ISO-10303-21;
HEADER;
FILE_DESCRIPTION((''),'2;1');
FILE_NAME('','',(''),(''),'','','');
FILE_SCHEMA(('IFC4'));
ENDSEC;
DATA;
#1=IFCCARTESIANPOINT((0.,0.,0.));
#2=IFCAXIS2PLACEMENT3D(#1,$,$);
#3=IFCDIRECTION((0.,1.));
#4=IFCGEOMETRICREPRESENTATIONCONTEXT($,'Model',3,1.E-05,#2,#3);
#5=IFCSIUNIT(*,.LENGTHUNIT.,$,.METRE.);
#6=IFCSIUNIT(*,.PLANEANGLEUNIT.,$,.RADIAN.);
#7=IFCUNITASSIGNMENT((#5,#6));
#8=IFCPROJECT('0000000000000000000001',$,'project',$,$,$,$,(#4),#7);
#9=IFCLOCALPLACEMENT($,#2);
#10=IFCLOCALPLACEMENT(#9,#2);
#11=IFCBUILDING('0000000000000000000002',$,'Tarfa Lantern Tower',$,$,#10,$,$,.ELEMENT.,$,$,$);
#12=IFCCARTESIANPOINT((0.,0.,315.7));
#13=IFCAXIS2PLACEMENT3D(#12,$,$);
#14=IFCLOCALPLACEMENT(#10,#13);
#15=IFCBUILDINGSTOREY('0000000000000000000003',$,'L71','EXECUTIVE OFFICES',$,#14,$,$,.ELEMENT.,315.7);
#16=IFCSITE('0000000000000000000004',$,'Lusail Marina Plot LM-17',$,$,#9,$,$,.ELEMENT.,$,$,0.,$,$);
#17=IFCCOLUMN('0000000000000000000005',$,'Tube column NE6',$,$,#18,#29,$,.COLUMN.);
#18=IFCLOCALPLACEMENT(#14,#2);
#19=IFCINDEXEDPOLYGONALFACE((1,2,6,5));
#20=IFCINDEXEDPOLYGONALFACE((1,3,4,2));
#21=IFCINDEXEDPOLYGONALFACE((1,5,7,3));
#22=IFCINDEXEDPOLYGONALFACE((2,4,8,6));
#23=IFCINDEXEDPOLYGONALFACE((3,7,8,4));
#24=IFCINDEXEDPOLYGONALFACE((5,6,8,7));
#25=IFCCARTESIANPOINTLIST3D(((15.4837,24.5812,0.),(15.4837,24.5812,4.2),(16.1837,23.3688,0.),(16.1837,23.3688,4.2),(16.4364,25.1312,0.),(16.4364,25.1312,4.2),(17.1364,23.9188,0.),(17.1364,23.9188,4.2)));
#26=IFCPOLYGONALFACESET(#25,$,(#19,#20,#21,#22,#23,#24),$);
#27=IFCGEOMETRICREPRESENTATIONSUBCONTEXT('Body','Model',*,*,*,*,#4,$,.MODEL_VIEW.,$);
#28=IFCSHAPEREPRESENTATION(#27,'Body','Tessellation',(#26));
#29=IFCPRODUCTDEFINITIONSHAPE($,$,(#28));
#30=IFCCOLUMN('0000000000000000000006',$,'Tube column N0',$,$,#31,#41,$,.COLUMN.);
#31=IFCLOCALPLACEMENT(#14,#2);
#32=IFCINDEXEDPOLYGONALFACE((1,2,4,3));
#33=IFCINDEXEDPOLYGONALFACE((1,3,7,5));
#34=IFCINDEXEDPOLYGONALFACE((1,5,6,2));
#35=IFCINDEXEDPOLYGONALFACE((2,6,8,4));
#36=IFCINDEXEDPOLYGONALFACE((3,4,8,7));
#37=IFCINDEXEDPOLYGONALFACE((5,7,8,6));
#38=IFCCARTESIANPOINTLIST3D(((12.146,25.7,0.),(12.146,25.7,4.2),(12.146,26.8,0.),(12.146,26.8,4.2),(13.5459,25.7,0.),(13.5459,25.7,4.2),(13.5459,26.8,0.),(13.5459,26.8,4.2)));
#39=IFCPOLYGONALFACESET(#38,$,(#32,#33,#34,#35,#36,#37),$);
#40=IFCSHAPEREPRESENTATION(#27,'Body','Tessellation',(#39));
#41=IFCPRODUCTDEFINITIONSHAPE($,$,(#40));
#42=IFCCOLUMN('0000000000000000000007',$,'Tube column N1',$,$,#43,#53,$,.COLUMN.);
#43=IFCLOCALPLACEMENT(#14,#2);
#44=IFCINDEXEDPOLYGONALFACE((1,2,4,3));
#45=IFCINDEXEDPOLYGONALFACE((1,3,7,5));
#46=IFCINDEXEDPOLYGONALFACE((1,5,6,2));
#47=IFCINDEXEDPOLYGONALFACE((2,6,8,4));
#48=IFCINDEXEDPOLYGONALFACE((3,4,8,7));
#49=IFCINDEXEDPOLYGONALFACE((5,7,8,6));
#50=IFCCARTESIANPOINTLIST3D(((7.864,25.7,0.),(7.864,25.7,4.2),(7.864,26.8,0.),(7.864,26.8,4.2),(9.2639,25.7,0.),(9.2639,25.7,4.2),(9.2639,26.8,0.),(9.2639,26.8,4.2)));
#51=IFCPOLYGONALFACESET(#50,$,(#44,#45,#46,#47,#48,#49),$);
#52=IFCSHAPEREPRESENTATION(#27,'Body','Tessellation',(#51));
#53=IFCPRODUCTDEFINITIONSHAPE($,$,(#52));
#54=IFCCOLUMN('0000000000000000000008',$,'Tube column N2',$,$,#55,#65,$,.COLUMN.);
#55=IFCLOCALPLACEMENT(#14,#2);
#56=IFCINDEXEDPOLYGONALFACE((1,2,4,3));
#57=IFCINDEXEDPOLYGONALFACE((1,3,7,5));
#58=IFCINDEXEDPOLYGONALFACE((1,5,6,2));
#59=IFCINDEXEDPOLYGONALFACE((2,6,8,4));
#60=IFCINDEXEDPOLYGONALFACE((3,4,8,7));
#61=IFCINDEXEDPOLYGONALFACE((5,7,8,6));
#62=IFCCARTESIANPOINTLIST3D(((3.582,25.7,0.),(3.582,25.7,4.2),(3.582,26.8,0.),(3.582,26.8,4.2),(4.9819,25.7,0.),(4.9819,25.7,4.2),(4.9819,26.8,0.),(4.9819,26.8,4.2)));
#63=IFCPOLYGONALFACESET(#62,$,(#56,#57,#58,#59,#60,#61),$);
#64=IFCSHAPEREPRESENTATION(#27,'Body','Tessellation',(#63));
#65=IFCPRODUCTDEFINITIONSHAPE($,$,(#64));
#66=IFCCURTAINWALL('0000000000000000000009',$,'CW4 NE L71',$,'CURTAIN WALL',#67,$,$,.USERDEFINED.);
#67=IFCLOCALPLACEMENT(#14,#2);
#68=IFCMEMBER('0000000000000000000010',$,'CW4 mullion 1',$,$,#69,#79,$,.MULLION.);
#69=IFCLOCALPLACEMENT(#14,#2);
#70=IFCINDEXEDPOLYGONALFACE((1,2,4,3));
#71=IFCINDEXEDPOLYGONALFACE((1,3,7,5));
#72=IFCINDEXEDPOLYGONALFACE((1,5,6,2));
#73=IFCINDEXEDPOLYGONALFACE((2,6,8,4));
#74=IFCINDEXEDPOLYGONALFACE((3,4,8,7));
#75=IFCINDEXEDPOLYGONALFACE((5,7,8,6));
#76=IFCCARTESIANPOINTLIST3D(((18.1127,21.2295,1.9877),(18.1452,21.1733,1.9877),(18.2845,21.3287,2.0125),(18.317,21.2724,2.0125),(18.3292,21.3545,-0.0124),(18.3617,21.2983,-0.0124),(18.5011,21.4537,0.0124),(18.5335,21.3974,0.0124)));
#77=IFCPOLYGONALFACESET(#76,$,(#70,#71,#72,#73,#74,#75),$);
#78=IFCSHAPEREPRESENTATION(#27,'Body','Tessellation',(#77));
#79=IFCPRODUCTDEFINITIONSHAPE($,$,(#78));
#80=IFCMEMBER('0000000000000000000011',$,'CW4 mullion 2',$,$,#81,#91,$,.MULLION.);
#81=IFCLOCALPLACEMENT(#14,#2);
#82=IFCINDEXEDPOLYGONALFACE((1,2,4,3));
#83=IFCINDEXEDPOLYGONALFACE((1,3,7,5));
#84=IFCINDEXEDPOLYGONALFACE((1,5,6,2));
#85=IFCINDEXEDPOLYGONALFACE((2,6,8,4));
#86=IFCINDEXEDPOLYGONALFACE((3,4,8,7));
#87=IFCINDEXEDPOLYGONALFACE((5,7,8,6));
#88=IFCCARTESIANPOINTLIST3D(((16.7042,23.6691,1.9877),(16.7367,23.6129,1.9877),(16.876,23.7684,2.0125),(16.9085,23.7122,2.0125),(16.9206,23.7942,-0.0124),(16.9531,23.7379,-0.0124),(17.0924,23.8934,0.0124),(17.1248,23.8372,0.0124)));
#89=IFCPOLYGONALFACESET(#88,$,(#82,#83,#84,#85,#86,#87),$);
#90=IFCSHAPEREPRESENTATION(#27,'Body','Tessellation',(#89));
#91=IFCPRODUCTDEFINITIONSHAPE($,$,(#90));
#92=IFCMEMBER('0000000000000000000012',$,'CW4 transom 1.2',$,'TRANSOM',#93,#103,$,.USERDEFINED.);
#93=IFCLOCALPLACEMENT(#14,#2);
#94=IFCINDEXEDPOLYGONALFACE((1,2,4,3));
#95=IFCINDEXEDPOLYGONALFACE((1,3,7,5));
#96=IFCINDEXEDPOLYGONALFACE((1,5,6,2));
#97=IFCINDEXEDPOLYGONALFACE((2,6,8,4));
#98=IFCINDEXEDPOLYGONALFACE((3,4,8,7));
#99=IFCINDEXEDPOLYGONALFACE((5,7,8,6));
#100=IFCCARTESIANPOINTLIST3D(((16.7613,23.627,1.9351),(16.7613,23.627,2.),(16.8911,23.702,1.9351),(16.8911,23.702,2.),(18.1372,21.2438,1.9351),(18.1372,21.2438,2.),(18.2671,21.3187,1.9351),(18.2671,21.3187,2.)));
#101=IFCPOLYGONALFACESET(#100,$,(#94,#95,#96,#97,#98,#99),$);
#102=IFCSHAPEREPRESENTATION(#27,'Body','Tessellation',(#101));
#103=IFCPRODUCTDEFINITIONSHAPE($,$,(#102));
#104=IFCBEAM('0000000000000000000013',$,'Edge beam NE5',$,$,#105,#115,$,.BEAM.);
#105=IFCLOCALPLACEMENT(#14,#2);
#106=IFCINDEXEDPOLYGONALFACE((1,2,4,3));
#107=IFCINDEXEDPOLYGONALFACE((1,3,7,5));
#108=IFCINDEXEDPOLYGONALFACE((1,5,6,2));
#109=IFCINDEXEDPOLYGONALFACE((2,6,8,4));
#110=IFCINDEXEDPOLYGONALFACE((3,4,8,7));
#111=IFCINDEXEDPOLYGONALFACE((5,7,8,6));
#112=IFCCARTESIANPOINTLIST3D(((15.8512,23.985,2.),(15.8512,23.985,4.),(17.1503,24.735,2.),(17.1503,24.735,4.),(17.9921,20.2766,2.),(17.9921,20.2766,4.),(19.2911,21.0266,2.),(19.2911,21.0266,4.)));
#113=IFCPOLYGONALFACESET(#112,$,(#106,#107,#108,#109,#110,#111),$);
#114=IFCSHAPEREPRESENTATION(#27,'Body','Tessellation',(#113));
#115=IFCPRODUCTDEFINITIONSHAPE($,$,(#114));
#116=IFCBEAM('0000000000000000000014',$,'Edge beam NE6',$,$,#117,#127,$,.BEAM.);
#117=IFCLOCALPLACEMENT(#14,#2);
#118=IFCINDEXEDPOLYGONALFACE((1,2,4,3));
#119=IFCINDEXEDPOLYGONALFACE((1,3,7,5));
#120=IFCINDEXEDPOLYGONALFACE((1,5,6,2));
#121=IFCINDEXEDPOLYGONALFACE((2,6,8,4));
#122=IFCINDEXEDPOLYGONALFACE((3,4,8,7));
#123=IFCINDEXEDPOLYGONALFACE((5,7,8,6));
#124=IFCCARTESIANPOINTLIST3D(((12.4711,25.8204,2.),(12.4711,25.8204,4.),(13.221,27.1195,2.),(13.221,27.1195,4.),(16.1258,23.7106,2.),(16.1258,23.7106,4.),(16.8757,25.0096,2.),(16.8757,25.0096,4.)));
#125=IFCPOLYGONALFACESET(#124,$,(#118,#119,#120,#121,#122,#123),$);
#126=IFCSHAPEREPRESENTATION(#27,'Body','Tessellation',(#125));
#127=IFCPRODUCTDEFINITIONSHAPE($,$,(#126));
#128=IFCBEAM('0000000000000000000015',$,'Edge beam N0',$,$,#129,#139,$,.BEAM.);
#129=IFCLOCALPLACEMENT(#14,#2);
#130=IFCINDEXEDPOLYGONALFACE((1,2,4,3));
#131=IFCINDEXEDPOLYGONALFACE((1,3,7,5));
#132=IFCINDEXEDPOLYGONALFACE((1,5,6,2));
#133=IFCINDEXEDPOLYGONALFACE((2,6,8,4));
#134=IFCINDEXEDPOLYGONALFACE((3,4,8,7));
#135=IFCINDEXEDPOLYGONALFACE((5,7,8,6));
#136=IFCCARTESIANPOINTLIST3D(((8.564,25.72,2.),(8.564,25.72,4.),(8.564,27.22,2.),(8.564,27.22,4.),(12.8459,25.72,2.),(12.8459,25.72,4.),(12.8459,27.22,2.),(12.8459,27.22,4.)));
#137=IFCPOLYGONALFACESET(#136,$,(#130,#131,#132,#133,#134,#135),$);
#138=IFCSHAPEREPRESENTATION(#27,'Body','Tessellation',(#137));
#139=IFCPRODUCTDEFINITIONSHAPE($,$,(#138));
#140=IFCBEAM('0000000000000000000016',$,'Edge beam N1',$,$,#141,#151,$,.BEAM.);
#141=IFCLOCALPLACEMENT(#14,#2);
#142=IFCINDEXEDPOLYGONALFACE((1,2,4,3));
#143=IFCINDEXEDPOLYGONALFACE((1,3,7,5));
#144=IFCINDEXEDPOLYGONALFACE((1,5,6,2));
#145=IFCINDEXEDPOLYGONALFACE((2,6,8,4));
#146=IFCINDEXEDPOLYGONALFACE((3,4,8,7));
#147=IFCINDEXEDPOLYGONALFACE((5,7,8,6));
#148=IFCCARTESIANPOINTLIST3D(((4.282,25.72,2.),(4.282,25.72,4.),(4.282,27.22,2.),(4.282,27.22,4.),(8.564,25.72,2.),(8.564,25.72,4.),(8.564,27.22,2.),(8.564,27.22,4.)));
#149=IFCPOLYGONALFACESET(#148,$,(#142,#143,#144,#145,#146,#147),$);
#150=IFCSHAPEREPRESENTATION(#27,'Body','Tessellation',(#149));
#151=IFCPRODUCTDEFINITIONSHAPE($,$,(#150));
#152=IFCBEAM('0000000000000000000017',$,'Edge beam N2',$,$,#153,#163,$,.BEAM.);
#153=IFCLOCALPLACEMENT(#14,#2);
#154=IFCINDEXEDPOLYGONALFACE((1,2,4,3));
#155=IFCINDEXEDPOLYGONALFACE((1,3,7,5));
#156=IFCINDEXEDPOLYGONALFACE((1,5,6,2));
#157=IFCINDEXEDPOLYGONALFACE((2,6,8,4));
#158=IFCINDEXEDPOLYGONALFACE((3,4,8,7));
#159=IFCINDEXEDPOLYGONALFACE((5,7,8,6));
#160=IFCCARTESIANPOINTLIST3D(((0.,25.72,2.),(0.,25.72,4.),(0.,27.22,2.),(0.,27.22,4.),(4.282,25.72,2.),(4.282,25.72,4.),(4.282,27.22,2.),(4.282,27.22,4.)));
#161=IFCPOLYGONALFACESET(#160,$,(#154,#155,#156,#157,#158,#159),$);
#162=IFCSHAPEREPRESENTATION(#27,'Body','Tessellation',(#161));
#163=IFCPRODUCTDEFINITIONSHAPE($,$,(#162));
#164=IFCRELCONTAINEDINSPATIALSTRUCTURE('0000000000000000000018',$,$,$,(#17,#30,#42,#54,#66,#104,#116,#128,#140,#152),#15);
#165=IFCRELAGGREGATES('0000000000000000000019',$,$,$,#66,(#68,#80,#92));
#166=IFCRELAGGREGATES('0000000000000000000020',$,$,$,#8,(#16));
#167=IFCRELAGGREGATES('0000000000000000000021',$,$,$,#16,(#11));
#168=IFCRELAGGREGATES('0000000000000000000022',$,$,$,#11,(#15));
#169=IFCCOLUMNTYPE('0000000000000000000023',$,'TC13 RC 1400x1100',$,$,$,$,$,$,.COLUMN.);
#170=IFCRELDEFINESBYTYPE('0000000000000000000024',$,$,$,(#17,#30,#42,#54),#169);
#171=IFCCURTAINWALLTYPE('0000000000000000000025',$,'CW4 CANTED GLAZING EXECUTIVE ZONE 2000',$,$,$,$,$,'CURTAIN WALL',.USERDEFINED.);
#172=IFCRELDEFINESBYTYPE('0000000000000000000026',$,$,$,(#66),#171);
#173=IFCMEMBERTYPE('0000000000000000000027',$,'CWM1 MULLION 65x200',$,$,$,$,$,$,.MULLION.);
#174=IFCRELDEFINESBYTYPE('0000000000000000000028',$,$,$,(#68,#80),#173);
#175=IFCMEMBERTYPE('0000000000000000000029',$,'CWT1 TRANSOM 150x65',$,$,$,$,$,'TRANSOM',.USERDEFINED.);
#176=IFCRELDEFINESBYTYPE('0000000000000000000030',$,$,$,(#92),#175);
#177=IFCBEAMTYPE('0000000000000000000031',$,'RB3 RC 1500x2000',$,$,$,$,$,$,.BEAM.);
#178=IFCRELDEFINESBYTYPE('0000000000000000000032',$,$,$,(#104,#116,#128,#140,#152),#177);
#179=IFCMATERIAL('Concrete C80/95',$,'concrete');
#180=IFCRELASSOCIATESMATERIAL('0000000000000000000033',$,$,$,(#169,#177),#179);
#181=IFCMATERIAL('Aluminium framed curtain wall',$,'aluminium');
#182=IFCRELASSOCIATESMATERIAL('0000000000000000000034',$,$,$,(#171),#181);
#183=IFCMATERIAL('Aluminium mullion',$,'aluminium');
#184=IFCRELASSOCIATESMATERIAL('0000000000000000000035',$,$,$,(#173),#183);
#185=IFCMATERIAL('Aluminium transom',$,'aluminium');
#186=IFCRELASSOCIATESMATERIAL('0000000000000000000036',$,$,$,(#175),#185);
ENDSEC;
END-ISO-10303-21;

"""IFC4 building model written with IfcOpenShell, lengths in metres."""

from ifc_helpers import new_model, si_unit, direction, frame, origin, origin_2d, place, context, subcontext, project, spatial, rectangle, extrude, material, material_profile, profile_set, type_object, element, aggregate, save


model = new_model("IFC4")

# Units and contexts
model_context = context("Model", 3, precision=1e-05, world=origin(), true_north=direction((0.0, 1.0)))
body_context = subcontext(model_context, "Body", "Model", "MODEL_VIEW")
ifc_project = project(units=[si_unit("LENGTHUNIT", "METRE"), si_unit("PLANEANGLEUNIT", "RADIAN")], contexts=[model_context])

# Site, building, storey
site_placement = place(None, origin())
site = spatial("IfcSite", under=ifc_project, at=site_placement, Name="Lusail Marina Plot LM-17", CompositionType="ELEMENT", RefElevation=0.0)
building_placement = place(site_placement, origin())
building = spatial("IfcBuilding", under=site, at=building_placement, Name="Tarfa Lantern Tower", CompositionType="ELEMENT")
storey_placement = place(building_placement, frame((0.0, 0.0, 315.7)))
storey = spatial("IfcBuildingStorey", under=building, at=storey_placement, Name="L71", Description="EXECUTIVE OFFICES", CompositionType="ELEMENT", Elevation=315.7)

# Columns
ifc_material_1 = material(Name="Concrete C80/95", Category="concrete")
ifc_material_profile_1 = material_profile(ifc_material_1, rectangle(XDim=1.3999, YDim=1.1001, at=origin_2d()), Name="RC 1400x1100")
ifc_profile_set_1 = profile_set([ifc_material_profile_1], Name="Concrete C80/95")
column_type = type_object("IfcColumnType", Name="TC13 RC 1400x1100", PredefinedType="COLUMN", material=ifc_profile_set_1)
for number, where, z_axis, x_axis, name in (
    (1, (16.3101, 24.25, 0.0), (0.0, 0.0, 1.0), (-0.5, 0.866025, 0.0), "Tube column NE6"),
    (2, (12.8459, 26.25, 0.0), (0.0, 0.0, 1.0), (-1.0, 0.0, 0.0), "Tube column N0"),
    (3, (8.564, 26.25, 0.0), (0.0, 0.0, 1.0), (-1.0, 0.0, 0.0), "Tube column N1"),
    (4, (4.282, 26.25, 0.0), (0.0, 0.0, 1.0), (-1.0, 0.0, 0.0), "Tube column N2"),
):
    element("IfcColumn", number, at=place(storey_placement, frame(where, z_axis=z_axis, x_axis=x_axis)), inside=storey, type_object=column_type, Name=name, PredefinedType="COLUMN", context=body_context, shape_type="SweptSolid", body=[
        extrude(rectangle(XDim=1.3999, YDim=1.1001, at=origin_2d()), origin(), (0.0, 0.0, 1.0), 4.2),
    ])

# Curtain wall, members
ifc_material_2 = material(Name="Aluminium framed curtain wall", Category="aluminium")
curtain_wall_type = type_object("IfcCurtainWallType", Name="CW4 CANTED GLAZING EXECUTIVE ZONE 2000", ElementType="CURTAIN WALL", PredefinedType="USERDEFINED", material=ifc_material_2)
curtain_wall_placement = place(storey_placement, origin())
curtain_wall = element("IfcCurtainWall", 5, at=curtain_wall_placement, inside=storey, type_object=curtain_wall_type, Name="CW4 NE L71", ObjectType="CURTAIN WALL", PredefinedType="USERDEFINED")
ifc_material_3 = material(Name="Aluminium mullion", Category="aluminium")
ifc_material_profile_2 = material_profile(ifc_material_3, rectangle(XDim=0.0649, YDim=0.2, at=origin_2d()), Name="AL MULLION 65x200")
ifc_profile_set_2 = profile_set([ifc_material_profile_2], Name="Aluminium mullion")
member_type_1 = type_object("IfcMemberType", Name="CWM1 MULLION 65x200", PredefinedType="MULLION", material=ifc_profile_set_2)
member_1_placement = place(storey_placement, frame((18.4314, 21.376, 0.0), z_axis=(-0.10744, -0.062017, 0.992275), x_axis=(0.49992, -0.866072, 0.0)))
member_1 = element("IfcMember", 6, at=member_1_placement, type_object=member_type_1, Name="CW4 mullion 1", PredefinedType="MULLION", context=body_context, shape_type="SweptSolid", body=[
    extrude(rectangle(XDim=0.0649, YDim=0.2, at=origin_2d()), origin(), (0.0, 0.0, 1.0), 2.0156),
])
member_2_placement = place(storey_placement, frame((17.0227, 23.8157, 0.0), z_axis=(-0.10732, -0.062018, 0.992288), x_axis=(0.500343, -0.865827, 0.0)))
member_2 = element("IfcMember", 7, at=member_2_placement, type_object=member_type_1, Name="CW4 mullion 2", PredefinedType="MULLION", context=body_context, shape_type="SweptSolid", body=[
    extrude(rectangle(XDim=0.0649, YDim=0.2, at=origin_2d()), origin(), (0.0, 0.0, 1.0), 2.0156),
])
ifc_material_4 = material(Name="Aluminium transom", Category="aluminium")
ifc_material_profile_3 = material_profile(ifc_material_4, rectangle(XDim=0.1499, YDim=0.0649, at=origin_2d()), Name="AL TRANSOM 150x65")
ifc_profile_set_3 = profile_set([ifc_material_profile_3], Name="Aluminium transom")
member_type_2 = type_object("IfcMemberType", Name="CWT1 TRANSOM 150x65", ElementType="TRANSOM", PredefinedType="USERDEFINED", material=ifc_profile_set_3)
member_3_placement = place(storey_placement, frame((18.2021, 21.2812, 1.9675), z_axis=(-0.499994, 0.866029, 0.0), x_axis=(-0.866029, -0.499994, 0.0)))
member_3 = element("IfcMember", 8, at=member_3_placement, type_object=member_type_2, Name="CW4 transom 1.2", ObjectType="TRANSOM", PredefinedType="USERDEFINED", context=body_context, shape_type="SweptSolid", body=[
    extrude(rectangle(XDim=0.1499, YDim=0.0649, at=origin_2d()), origin(), (0.0, 0.0, 1.0), 2.752),
])

# Beams
ifc_material_profile_4 = material_profile(ifc_material_1, rectangle(XDim=1.5, YDim=2.0, at=origin_2d()), Name="RC 1500x2000")
ifc_profile_set_4 = profile_set([ifc_material_profile_4], Name="Concrete C80/95")
beam_type_1 = type_object("IfcBeamType", Name="RB3 RC 1500x2000", PredefinedType="BEAM", material=ifc_profile_set_4)
beam_1_placement = place(storey_placement, frame((18.6416, 20.6516, 3.0), z_axis=(-0.499959, 0.866049, 0.0), x_axis=(-0.866049, -0.499959, 0.0)))
element("IfcBeam", 9, at=beam_1_placement, inside=storey, type_object=beam_type_1, Name="Edge beam NE5", PredefinedType="BEAM", context=body_context, shape_type="SweptSolid", body=[
    extrude(rectangle(XDim=1.5, YDim=2.0, at=origin_2d()), origin(), (0.0, 0.0, 1.0), 4.282),
])
beam_2_placement = place(storey_placement, frame((16.5007, 24.3601, 3.0), z_axis=(-0.866049, 0.499959, 0.0), x_axis=(-0.499959, -0.866049, 0.0)))
element("IfcBeam", 10, at=beam_2_placement, inside=storey, type_object=beam_type_1, Name="Edge beam NE6", PredefinedType="BEAM", context=body_context, shape_type="SweptSolid", body=[
    extrude(rectangle(XDim=1.5, YDim=2.0, at=origin_2d()), origin(), (0.0, 0.0, 1.0), 4.22),
])
for number, where, z_axis, x_axis, name in (
    (11, (12.8459, 26.47, 3.0), (-1.0, 0.0, 0.0), (0.0, -1.0, 0.0), "Edge beam N0"),
    (12, (8.564, 26.47, 3.0), (-1.0, 0.0, 0.0), (0.0, -1.0, 0.0), "Edge beam N1"),
    (13, (4.282, 26.47, 3.0), (-1.0, 0.0, 0.0), (0.0, -1.0, 0.0), "Edge beam N2"),
):
    element("IfcBeam", number, at=place(storey_placement, frame(where, z_axis=z_axis, x_axis=x_axis)), inside=storey, type_object=beam_type_1, Name=name, PredefinedType="BEAM", context=body_context, shape_type="SweptSolid", body=[
        extrude(rectangle(XDim=1.5, YDim=2.0, at=origin_2d()), origin(), (0.0, 0.0, 1.0), 4.282),
    ])

aggregate(curtain_wall, [member_1, member_2, member_3])

save(model, "model.ifc")
